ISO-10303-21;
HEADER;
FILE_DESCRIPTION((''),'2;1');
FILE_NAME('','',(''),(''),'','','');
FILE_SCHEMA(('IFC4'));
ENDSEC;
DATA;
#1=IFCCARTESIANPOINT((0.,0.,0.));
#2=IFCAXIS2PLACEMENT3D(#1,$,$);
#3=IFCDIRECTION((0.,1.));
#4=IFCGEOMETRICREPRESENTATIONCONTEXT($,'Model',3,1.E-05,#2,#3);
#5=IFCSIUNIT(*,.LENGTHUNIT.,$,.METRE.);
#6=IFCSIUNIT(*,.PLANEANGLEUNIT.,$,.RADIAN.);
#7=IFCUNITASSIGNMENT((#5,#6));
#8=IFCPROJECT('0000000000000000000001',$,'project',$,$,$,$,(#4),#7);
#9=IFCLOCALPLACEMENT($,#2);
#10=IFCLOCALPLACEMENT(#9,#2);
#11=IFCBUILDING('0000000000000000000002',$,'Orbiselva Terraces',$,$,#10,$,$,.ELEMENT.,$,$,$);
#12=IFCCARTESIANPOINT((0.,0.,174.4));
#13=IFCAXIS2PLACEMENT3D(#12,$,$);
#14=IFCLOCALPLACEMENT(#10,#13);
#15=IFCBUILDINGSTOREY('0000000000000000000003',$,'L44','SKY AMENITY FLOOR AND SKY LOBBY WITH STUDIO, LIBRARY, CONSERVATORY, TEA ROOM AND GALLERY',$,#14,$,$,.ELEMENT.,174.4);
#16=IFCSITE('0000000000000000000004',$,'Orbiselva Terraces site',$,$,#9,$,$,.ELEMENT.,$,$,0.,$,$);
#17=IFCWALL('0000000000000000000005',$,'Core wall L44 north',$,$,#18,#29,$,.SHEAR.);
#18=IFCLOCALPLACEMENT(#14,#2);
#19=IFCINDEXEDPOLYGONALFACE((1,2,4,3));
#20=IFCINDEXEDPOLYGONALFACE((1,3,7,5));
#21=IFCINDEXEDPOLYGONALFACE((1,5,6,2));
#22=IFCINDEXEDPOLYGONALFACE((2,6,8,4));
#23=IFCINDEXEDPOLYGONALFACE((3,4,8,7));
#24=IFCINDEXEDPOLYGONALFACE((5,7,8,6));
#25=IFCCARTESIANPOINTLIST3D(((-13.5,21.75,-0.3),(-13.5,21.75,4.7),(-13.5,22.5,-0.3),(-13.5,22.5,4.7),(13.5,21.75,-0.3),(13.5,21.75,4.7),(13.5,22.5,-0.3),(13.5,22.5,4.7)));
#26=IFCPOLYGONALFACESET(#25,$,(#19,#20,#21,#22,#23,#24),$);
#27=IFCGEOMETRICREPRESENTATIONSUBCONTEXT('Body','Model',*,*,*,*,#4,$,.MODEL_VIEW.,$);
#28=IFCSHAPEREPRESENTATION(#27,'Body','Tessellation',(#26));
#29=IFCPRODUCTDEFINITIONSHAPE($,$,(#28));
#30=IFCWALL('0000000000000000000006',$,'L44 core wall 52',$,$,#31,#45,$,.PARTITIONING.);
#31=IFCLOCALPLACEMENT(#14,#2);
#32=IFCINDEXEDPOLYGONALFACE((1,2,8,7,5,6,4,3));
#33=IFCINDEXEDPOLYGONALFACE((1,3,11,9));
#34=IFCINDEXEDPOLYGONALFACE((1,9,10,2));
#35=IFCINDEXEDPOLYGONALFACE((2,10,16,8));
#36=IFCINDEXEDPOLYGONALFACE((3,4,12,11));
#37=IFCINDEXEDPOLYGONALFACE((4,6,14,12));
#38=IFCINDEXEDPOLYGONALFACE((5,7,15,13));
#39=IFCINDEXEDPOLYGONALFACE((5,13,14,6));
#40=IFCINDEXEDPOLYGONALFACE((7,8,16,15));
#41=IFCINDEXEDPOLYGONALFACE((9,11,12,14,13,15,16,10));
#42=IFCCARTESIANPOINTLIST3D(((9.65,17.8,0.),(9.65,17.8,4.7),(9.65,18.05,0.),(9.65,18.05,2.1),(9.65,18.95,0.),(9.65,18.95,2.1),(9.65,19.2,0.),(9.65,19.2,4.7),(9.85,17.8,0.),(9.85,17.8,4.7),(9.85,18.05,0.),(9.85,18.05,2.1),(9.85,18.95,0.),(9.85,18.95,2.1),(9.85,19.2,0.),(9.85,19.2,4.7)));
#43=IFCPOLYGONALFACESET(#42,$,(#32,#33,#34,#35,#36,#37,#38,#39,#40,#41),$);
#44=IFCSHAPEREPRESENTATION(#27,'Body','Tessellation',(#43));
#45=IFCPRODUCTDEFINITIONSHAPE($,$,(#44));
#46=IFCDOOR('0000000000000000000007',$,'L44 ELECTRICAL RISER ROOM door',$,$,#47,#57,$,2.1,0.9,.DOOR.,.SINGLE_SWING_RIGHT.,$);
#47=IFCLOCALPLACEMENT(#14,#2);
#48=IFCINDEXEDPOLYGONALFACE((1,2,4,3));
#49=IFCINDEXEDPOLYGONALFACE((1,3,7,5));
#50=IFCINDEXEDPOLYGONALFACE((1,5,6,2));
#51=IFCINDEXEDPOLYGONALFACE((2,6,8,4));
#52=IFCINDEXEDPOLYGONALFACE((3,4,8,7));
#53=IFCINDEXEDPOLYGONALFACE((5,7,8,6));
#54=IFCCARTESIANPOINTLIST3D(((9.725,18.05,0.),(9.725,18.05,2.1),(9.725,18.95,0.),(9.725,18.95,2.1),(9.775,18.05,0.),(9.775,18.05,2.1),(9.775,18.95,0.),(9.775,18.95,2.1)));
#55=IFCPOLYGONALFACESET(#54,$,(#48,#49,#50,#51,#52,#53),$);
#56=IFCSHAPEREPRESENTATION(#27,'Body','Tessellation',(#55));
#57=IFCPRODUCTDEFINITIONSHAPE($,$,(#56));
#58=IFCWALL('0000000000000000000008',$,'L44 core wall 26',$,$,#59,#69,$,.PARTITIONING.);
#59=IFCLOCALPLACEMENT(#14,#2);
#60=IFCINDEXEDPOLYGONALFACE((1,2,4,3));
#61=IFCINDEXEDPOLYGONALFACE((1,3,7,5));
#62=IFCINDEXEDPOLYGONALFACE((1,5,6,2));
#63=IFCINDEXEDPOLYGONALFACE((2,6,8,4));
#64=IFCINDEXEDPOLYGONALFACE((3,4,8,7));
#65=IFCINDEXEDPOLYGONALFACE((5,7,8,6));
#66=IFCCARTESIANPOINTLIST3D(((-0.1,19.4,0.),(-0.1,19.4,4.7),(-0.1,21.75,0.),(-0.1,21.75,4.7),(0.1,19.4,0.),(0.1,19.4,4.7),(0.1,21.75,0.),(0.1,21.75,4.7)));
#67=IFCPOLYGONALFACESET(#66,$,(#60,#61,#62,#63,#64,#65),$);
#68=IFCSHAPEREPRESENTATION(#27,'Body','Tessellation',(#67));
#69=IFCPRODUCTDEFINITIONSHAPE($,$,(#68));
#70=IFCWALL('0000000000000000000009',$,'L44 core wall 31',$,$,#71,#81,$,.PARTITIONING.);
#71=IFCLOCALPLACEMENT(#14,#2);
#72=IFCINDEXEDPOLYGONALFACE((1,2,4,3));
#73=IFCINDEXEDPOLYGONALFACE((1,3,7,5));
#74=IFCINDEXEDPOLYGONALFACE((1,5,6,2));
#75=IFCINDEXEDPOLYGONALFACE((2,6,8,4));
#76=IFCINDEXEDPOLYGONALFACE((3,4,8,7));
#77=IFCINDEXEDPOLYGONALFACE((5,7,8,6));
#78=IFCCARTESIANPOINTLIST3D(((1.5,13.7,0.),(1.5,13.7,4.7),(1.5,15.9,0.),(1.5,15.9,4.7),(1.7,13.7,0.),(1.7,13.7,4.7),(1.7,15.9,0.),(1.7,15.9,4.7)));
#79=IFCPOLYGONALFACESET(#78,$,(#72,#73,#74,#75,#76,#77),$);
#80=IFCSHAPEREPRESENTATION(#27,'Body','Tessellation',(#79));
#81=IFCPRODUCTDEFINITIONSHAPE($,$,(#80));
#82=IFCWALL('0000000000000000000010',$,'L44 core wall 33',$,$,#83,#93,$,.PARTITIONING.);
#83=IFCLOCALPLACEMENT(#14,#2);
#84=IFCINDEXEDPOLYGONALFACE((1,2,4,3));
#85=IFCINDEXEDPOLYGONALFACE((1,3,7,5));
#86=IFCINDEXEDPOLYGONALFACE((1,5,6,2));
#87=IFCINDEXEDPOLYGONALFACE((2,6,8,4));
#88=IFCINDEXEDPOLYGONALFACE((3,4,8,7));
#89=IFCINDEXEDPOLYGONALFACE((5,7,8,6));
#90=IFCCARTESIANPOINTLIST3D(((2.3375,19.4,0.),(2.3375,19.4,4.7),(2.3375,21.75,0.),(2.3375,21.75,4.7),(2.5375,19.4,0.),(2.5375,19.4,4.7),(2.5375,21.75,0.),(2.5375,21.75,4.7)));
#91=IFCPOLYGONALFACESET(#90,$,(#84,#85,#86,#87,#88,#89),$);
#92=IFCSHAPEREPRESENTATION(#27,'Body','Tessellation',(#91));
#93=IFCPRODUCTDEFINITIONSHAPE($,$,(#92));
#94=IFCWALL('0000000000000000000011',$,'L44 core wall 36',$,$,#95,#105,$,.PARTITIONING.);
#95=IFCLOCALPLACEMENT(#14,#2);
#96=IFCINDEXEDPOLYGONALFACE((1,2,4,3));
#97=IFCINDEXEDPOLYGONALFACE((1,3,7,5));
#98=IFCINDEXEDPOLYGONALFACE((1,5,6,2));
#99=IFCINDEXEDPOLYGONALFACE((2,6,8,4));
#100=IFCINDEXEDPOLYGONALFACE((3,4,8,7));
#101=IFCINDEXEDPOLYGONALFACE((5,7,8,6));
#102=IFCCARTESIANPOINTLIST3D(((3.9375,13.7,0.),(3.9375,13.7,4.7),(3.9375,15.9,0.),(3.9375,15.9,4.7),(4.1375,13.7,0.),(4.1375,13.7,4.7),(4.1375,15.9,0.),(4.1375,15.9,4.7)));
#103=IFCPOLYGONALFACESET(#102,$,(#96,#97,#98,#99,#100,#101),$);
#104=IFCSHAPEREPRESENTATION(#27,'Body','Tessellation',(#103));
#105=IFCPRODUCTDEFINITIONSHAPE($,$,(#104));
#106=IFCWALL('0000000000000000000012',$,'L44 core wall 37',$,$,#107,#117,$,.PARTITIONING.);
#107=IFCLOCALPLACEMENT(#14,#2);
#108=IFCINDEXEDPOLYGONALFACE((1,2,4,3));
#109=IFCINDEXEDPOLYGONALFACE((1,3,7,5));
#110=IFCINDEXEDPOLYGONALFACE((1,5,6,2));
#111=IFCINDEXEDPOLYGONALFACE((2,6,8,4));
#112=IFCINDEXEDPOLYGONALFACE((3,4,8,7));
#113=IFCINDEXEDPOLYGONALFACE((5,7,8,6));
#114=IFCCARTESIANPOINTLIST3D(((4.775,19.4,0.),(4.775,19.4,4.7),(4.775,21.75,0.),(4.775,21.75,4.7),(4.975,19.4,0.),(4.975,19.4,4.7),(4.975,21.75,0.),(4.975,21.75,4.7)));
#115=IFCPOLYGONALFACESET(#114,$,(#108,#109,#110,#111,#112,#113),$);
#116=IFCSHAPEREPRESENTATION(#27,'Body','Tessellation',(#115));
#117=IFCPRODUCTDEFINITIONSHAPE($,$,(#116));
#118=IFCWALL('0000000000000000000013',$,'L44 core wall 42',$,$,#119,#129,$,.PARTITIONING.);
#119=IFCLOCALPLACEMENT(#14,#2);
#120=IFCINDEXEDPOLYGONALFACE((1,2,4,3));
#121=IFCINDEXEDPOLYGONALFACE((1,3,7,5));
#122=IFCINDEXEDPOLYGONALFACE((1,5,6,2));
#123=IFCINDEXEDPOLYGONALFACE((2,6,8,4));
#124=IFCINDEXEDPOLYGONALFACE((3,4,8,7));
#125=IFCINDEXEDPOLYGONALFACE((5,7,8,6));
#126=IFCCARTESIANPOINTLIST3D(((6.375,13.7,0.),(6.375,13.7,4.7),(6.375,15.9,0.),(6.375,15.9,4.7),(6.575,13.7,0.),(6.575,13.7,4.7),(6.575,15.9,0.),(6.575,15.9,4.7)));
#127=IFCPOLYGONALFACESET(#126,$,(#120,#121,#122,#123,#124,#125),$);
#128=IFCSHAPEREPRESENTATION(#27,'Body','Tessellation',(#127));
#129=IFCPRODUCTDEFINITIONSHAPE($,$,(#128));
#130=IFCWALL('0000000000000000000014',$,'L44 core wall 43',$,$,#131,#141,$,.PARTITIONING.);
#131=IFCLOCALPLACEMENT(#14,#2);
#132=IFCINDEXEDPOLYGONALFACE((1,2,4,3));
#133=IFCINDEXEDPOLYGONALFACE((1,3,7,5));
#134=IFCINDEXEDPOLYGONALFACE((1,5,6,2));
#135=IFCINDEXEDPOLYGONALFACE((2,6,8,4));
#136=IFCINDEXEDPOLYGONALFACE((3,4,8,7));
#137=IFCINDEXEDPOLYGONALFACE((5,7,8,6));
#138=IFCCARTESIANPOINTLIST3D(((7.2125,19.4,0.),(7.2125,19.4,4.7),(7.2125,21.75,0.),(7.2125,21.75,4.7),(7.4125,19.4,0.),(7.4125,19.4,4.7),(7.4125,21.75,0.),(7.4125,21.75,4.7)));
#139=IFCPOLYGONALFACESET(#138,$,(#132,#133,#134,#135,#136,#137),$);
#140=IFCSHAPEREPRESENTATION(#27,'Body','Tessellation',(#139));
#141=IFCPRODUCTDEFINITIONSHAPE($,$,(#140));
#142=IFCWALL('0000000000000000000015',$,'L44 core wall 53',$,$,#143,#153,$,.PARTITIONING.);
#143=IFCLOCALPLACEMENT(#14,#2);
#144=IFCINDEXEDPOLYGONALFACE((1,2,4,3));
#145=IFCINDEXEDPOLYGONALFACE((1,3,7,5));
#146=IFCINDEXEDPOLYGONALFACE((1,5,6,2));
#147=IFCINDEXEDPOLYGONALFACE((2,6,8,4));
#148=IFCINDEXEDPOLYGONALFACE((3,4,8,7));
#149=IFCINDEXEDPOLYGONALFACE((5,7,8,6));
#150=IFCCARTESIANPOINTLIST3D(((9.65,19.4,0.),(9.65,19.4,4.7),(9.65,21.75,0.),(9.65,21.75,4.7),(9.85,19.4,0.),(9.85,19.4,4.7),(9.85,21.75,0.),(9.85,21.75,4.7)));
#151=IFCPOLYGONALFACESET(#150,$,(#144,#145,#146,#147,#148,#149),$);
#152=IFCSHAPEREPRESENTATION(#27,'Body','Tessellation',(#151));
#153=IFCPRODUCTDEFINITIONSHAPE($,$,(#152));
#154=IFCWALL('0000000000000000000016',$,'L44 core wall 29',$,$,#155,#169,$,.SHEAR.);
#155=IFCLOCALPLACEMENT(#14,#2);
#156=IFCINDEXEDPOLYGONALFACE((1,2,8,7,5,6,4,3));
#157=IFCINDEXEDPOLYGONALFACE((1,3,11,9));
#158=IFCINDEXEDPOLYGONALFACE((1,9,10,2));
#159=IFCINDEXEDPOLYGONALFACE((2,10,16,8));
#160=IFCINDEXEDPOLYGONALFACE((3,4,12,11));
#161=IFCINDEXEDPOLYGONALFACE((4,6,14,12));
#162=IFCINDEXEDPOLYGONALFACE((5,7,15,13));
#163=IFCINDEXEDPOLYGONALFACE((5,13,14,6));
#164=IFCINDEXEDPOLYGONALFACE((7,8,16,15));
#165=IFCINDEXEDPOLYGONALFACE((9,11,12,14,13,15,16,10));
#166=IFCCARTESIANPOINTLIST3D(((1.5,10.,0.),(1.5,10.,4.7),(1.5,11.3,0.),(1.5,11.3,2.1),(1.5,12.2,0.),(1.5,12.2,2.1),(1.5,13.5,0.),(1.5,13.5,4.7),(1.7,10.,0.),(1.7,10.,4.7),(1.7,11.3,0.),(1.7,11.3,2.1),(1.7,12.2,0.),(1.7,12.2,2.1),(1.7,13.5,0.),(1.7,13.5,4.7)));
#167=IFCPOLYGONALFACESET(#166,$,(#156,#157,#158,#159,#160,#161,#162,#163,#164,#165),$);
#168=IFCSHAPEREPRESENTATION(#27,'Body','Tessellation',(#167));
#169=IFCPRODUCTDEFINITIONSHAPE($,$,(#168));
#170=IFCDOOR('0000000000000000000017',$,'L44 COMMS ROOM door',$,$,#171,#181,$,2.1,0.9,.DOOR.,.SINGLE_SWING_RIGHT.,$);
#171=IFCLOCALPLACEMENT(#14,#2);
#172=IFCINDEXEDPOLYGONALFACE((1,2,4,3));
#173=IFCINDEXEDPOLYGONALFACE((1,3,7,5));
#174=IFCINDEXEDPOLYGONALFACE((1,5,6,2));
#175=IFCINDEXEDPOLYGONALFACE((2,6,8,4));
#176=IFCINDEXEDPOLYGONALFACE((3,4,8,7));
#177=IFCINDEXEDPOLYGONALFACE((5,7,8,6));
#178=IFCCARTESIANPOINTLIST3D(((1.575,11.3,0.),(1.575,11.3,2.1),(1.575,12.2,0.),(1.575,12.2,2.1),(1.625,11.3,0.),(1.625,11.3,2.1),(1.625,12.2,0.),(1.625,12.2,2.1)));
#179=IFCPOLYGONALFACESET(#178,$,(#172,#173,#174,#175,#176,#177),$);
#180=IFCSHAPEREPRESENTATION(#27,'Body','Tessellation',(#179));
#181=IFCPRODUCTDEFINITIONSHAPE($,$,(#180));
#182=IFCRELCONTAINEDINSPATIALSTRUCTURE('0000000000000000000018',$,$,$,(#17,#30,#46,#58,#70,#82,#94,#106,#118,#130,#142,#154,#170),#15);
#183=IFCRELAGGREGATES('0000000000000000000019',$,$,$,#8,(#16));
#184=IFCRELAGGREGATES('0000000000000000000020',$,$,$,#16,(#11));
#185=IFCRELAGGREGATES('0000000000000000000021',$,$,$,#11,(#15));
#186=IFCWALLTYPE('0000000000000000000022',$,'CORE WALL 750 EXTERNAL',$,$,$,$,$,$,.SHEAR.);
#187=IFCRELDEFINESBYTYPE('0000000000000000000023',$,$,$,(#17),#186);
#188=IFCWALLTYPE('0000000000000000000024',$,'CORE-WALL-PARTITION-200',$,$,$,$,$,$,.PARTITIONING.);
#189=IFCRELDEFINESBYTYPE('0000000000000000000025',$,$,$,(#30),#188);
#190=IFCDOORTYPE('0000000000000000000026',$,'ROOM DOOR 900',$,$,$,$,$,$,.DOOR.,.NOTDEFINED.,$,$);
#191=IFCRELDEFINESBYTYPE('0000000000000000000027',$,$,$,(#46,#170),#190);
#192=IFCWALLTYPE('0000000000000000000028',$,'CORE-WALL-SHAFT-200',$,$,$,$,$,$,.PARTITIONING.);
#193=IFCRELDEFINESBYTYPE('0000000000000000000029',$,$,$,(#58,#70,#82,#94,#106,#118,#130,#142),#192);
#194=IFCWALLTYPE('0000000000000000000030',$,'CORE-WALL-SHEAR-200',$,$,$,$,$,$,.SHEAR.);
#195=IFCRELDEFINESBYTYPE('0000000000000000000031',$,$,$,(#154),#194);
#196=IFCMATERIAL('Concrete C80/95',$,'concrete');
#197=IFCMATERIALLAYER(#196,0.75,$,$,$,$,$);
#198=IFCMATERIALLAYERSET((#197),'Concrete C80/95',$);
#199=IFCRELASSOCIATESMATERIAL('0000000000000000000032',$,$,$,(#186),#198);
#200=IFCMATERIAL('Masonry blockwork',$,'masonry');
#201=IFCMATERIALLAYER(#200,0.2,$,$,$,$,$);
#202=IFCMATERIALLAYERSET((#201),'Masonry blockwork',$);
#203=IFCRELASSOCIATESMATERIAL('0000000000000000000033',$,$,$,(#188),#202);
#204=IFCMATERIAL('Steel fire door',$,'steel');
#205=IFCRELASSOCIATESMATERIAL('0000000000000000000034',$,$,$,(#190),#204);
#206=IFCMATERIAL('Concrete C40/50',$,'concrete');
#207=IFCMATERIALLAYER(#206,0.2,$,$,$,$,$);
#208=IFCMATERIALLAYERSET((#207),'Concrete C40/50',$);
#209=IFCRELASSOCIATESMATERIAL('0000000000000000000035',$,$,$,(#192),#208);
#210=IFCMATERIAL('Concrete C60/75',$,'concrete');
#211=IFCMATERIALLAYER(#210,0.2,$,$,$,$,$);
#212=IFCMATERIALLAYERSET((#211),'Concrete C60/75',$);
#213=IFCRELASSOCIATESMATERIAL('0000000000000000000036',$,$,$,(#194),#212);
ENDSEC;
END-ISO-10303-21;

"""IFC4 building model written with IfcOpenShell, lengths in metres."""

from ifc_helpers import new_model, si_unit, direction, frame, frame_2d, origin, place, context, subcontext, project, spatial, rectangle, extrude, material, layer, layer_set, type_object, element, fill, save


model = new_model("IFC4")

# Units and contexts
model_context = context("Model", 3, precision=1e-05, world=origin(), true_north=direction((0.0, 1.0)))
body_context = subcontext(model_context, "Body", "Model", "MODEL_VIEW")
ifc_project = project(units=[si_unit("LENGTHUNIT", "METRE"), si_unit("PLANEANGLEUNIT", "RADIAN")], contexts=[model_context])

# Site, building, storey
site_placement = place(None, origin())
site = spatial("IfcSite", under=ifc_project, at=site_placement, Name="Orbiselva Terraces site", CompositionType="ELEMENT", RefElevation=0.0)
building_placement = place(site_placement, origin())
building = spatial("IfcBuilding", under=site, at=building_placement, Name="Orbiselva Terraces", CompositionType="ELEMENT")
storey_placement = place(building_placement, frame((0.0, 0.0, 174.4)))
storey = spatial("IfcBuildingStorey", under=building, at=storey_placement, Name="L44", Description="SKY AMENITY FLOOR AND SKY LOBBY WITH STUDIO, LIBRARY, CONSERVATORY, TEA ROOM AND GALLERY", CompositionType="ELEMENT", Elevation=174.4)

# Wall
ifc_material_1 = material(Name="Concrete C80/95", Category="concrete")
ifc_layer_1 = layer(ifc_material_1, 0.75)
ifc_layer_set_1 = layer_set([ifc_layer_1], Name="Concrete C80/95")
wall_type_1 = type_object("IfcWallType", Name="CORE WALL 750 EXTERNAL", PredefinedType="SHEAR", material=ifc_layer_set_1)
wall_1_placement = place(storey_placement, frame((13.5, 22.125, -0.3), z_axis=(0.0, 0.0, 1.0), x_axis=(-1.0, 0.0, 0.0)))
element("IfcWall", 1, at=wall_1_placement, inside=storey, type_object=wall_type_1, Name="Core wall L44 north", PredefinedType="SHEAR", context=body_context, shape_type="SweptSolid", body=[
    extrude(rectangle(XDim=27.0, YDim=0.75, at=frame_2d((13.5, 0.0))), origin(), (0.0, 0.0, 1.0), 5.0),
])

# Wall, opening, door
ifc_material_2 = material(Name="Masonry blockwork", Category="masonry")
ifc_layer_2 = layer(ifc_material_2, 0.2)
ifc_layer_set_2 = layer_set([ifc_layer_2], Name="Masonry blockwork")
wall_type_2 = type_object("IfcWallType", Name="CORE-WALL-PARTITION-200", PredefinedType="PARTITIONING", material=ifc_layer_set_2)
wall_2_placement = place(storey_placement, frame((9.75, 19.2, 0.0), z_axis=(0.0, 0.0, 1.0), x_axis=(0.0, -1.0, 0.0)))
wall_2 = element("IfcWall", 2, at=wall_2_placement, inside=storey, type_object=wall_type_2, Name="L44 core wall 52", PredefinedType="PARTITIONING", context=body_context, shape_type="SweptSolid", body=[
    extrude(rectangle(XDim=1.4, YDim=0.2, at=frame_2d((0.7, 0.0))), origin(), (0.0, 0.0, 1.0), 4.7),
])
opening_1_placement = place(wall_2_placement, frame((0.25, 0.0, 0.0)))
opening_1 = element("IfcOpeningElement", 3, at=opening_1_placement, cuts=wall_2, PredefinedType="OPENING", context=body_context, shape_type="SweptSolid", body=[
    extrude(rectangle(XDim=0.9, YDim=2.1, at=frame_2d((0.45, 1.05))), frame((0.0, 0.11, 0.0), z_axis=(0.0, -1.0, 0.0), x_axis=(1.0, 0.0, 0.0)), (0.0, 0.0, 1.0), 0.22),
])
ifc_material_3 = material(Name="Steel fire door", Category="steel")
door_type_1 = type_object("IfcDoorType", Name="ROOM DOOR 900", OperationType="NOTDEFINED", PredefinedType="DOOR", material=ifc_material_3)
door_1_placement = place(opening_1_placement, origin())
door_1 = element("IfcDoor", 4, at=door_1_placement, inside=storey, type_object=door_type_1, Name="L44 ELECTRICAL RISER ROOM door", OperationType="SINGLE_SWING_RIGHT", OverallHeight=2.1, OverallWidth=0.9, PredefinedType="DOOR", context=body_context, shape_type="SweptSolid", body=[
    extrude(rectangle(XDim=0.9, YDim=2.1, at=frame_2d((0.45, 1.05))), frame((0.0, 0.025, 0.0), z_axis=(0.0, -1.0, 0.0), x_axis=(1.0, 0.0, 0.0)), (0.0, 0.0, 1.0), 0.05),
])
fill(opening_1, door_1)

# Walls
ifc_material_4 = material(Name="Concrete C40/50", Category="concrete")
ifc_layer_3 = layer(ifc_material_4, 0.2)
ifc_layer_set_3 = layer_set([ifc_layer_3], Name="Concrete C40/50")
wall_type_3 = type_object("IfcWallType", Name="CORE-WALL-SHAFT-200", PredefinedType="PARTITIONING", material=ifc_layer_set_3)
wall_3_placement = place(storey_placement, frame((0.0, 19.4, 0.0), z_axis=(0.0, 0.0, 1.0), x_axis=(0.0, 1.0, 0.0)))
element("IfcWall", 5, at=wall_3_placement, inside=storey, type_object=wall_type_3, Name="L44 core wall 26", PredefinedType="PARTITIONING", context=body_context, shape_type="SweptSolid", body=[
    extrude(rectangle(XDim=2.35, YDim=0.2, at=frame_2d((1.175, 0.0))), origin(), (0.0, 0.0, 1.0), 4.7),
])
wall_4_placement = place(storey_placement, frame((1.6, 13.7, 0.0), z_axis=(0.0, 0.0, 1.0), x_axis=(0.0, 1.0, 0.0)))
element("IfcWall", 6, at=wall_4_placement, inside=storey, type_object=wall_type_3, Name="L44 core wall 31", PredefinedType="PARTITIONING", context=body_context, shape_type="SweptSolid", body=[
    extrude(rectangle(XDim=2.2, YDim=0.2, at=frame_2d((1.1, 0.0))), origin(), (0.0, 0.0, 1.0), 4.7),
])
wall_5_placement = place(storey_placement, frame((2.4375, 19.4, 0.0), z_axis=(0.0, 0.0, 1.0), x_axis=(0.0, 1.0, 0.0)))
element("IfcWall", 7, at=wall_5_placement, inside=storey, type_object=wall_type_3, Name="L44 core wall 33", PredefinedType="PARTITIONING", context=body_context, shape_type="SweptSolid", body=[
    extrude(rectangle(XDim=2.35, YDim=0.2, at=frame_2d((1.175, 0.0))), origin(), (0.0, 0.0, 1.0), 4.7),
])
wall_6_placement = place(storey_placement, frame((4.0375, 13.7, 0.0), z_axis=(0.0, 0.0, 1.0), x_axis=(0.0, 1.0, 0.0)))
element("IfcWall", 8, at=wall_6_placement, inside=storey, type_object=wall_type_3, Name="L44 core wall 36", PredefinedType="PARTITIONING", context=body_context, shape_type="SweptSolid", body=[
    extrude(rectangle(XDim=2.2, YDim=0.2, at=frame_2d((1.1, 0.0))), origin(), (0.0, 0.0, 1.0), 4.7),
])
wall_7_placement = place(storey_placement, frame((4.875, 19.4, 0.0), z_axis=(0.0, 0.0, 1.0), x_axis=(0.0, 1.0, 0.0)))
element("IfcWall", 9, at=wall_7_placement, inside=storey, type_object=wall_type_3, Name="L44 core wall 37", PredefinedType="PARTITIONING", context=body_context, shape_type="SweptSolid", body=[
    extrude(rectangle(XDim=2.35, YDim=0.2, at=frame_2d((1.175, 0.0))), origin(), (0.0, 0.0, 1.0), 4.7),
])
wall_8_placement = place(storey_placement, frame((6.475, 13.7, 0.0), z_axis=(0.0, 0.0, 1.0), x_axis=(0.0, 1.0, 0.0)))
element("IfcWall", 10, at=wall_8_placement, inside=storey, type_object=wall_type_3, Name="L44 core wall 42", PredefinedType="PARTITIONING", context=body_context, shape_type="SweptSolid", body=[
    extrude(rectangle(XDim=2.2, YDim=0.2, at=frame_2d((1.1, 0.0))), origin(), (0.0, 0.0, 1.0), 4.7),
])
for number, where, z_axis, x_axis, name in (
    (11, (7.3125, 19.4, 0.0), (0.0, 0.0, 1.0), (0.0, 1.0, 0.0), "L44 core wall 43"),
    (12, (9.75, 19.4, 0.0), (0.0, 0.0, 1.0), (0.0, 1.0, 0.0), "L44 core wall 53"),
):
    element("IfcWall", number, at=place(storey_placement, frame(where, z_axis=z_axis, x_axis=x_axis)), inside=storey, type_object=wall_type_3, Name=name, PredefinedType="PARTITIONING", context=body_context, shape_type="SweptSolid", body=[
        extrude(rectangle(XDim=2.35, YDim=0.2, at=frame_2d((1.175, 0.0))), origin(), (0.0, 0.0, 1.0), 4.7),
    ])

# Wall, opening, door
ifc_material_5 = material(Name="Concrete C60/75", Category="concrete")
ifc_layer_4 = layer(ifc_material_5, 0.2)
ifc_layer_set_4 = layer_set([ifc_layer_4], Name="Concrete C60/75")
wall_type_4 = type_object("IfcWallType", Name="CORE-WALL-SHEAR-200", PredefinedType="SHEAR", material=ifc_layer_set_4)
wall_9_placement = place(storey_placement, frame((1.6, 13.5, 0.0), z_axis=(0.0, 0.0, 1.0), x_axis=(0.0, -1.0, 0.0)))
wall_9 = element("IfcWall", 13, at=wall_9_placement, inside=storey, type_object=wall_type_4, Name="L44 core wall 29", PredefinedType="SHEAR", context=body_context, shape_type="SweptSolid", body=[
    extrude(rectangle(XDim=3.5, YDim=0.2, at=frame_2d((1.75, 0.0))), origin(), (0.0, 0.0, 1.0), 4.7),
])
opening_2_placement = place(wall_9_placement, frame((1.3, 0.0, 0.0)))
opening_2 = element("IfcOpeningElement", 14, at=opening_2_placement, cuts=wall_9, PredefinedType="OPENING", context=body_context, shape_type="SweptSolid", body=[
    extrude(rectangle(XDim=0.9, YDim=2.1, at=frame_2d((0.45, 1.05))), frame((0.0, 0.11, 0.0), z_axis=(0.0, -1.0, 0.0), x_axis=(1.0, 0.0, 0.0)), (0.0, 0.0, 1.0), 0.22),
])
door_2_placement = place(opening_2_placement, origin())
door_2 = element("IfcDoor", 15, at=door_2_placement, inside=storey, type_object=door_type_1, Name="L44 COMMS ROOM door", OperationType="SINGLE_SWING_RIGHT", OverallHeight=2.1, OverallWidth=0.9, PredefinedType="DOOR", context=body_context, shape_type="SweptSolid", body=[
    extrude(rectangle(XDim=0.9, YDim=2.1, at=frame_2d((0.45, 1.05))), frame((0.0, 0.025, 0.0), z_axis=(0.0, -1.0, 0.0), x_axis=(1.0, 0.0, 0.0)), (0.0, 0.0, 1.0), 0.05),
])
fill(opening_2, door_2)

save(model, "model.ifc")
